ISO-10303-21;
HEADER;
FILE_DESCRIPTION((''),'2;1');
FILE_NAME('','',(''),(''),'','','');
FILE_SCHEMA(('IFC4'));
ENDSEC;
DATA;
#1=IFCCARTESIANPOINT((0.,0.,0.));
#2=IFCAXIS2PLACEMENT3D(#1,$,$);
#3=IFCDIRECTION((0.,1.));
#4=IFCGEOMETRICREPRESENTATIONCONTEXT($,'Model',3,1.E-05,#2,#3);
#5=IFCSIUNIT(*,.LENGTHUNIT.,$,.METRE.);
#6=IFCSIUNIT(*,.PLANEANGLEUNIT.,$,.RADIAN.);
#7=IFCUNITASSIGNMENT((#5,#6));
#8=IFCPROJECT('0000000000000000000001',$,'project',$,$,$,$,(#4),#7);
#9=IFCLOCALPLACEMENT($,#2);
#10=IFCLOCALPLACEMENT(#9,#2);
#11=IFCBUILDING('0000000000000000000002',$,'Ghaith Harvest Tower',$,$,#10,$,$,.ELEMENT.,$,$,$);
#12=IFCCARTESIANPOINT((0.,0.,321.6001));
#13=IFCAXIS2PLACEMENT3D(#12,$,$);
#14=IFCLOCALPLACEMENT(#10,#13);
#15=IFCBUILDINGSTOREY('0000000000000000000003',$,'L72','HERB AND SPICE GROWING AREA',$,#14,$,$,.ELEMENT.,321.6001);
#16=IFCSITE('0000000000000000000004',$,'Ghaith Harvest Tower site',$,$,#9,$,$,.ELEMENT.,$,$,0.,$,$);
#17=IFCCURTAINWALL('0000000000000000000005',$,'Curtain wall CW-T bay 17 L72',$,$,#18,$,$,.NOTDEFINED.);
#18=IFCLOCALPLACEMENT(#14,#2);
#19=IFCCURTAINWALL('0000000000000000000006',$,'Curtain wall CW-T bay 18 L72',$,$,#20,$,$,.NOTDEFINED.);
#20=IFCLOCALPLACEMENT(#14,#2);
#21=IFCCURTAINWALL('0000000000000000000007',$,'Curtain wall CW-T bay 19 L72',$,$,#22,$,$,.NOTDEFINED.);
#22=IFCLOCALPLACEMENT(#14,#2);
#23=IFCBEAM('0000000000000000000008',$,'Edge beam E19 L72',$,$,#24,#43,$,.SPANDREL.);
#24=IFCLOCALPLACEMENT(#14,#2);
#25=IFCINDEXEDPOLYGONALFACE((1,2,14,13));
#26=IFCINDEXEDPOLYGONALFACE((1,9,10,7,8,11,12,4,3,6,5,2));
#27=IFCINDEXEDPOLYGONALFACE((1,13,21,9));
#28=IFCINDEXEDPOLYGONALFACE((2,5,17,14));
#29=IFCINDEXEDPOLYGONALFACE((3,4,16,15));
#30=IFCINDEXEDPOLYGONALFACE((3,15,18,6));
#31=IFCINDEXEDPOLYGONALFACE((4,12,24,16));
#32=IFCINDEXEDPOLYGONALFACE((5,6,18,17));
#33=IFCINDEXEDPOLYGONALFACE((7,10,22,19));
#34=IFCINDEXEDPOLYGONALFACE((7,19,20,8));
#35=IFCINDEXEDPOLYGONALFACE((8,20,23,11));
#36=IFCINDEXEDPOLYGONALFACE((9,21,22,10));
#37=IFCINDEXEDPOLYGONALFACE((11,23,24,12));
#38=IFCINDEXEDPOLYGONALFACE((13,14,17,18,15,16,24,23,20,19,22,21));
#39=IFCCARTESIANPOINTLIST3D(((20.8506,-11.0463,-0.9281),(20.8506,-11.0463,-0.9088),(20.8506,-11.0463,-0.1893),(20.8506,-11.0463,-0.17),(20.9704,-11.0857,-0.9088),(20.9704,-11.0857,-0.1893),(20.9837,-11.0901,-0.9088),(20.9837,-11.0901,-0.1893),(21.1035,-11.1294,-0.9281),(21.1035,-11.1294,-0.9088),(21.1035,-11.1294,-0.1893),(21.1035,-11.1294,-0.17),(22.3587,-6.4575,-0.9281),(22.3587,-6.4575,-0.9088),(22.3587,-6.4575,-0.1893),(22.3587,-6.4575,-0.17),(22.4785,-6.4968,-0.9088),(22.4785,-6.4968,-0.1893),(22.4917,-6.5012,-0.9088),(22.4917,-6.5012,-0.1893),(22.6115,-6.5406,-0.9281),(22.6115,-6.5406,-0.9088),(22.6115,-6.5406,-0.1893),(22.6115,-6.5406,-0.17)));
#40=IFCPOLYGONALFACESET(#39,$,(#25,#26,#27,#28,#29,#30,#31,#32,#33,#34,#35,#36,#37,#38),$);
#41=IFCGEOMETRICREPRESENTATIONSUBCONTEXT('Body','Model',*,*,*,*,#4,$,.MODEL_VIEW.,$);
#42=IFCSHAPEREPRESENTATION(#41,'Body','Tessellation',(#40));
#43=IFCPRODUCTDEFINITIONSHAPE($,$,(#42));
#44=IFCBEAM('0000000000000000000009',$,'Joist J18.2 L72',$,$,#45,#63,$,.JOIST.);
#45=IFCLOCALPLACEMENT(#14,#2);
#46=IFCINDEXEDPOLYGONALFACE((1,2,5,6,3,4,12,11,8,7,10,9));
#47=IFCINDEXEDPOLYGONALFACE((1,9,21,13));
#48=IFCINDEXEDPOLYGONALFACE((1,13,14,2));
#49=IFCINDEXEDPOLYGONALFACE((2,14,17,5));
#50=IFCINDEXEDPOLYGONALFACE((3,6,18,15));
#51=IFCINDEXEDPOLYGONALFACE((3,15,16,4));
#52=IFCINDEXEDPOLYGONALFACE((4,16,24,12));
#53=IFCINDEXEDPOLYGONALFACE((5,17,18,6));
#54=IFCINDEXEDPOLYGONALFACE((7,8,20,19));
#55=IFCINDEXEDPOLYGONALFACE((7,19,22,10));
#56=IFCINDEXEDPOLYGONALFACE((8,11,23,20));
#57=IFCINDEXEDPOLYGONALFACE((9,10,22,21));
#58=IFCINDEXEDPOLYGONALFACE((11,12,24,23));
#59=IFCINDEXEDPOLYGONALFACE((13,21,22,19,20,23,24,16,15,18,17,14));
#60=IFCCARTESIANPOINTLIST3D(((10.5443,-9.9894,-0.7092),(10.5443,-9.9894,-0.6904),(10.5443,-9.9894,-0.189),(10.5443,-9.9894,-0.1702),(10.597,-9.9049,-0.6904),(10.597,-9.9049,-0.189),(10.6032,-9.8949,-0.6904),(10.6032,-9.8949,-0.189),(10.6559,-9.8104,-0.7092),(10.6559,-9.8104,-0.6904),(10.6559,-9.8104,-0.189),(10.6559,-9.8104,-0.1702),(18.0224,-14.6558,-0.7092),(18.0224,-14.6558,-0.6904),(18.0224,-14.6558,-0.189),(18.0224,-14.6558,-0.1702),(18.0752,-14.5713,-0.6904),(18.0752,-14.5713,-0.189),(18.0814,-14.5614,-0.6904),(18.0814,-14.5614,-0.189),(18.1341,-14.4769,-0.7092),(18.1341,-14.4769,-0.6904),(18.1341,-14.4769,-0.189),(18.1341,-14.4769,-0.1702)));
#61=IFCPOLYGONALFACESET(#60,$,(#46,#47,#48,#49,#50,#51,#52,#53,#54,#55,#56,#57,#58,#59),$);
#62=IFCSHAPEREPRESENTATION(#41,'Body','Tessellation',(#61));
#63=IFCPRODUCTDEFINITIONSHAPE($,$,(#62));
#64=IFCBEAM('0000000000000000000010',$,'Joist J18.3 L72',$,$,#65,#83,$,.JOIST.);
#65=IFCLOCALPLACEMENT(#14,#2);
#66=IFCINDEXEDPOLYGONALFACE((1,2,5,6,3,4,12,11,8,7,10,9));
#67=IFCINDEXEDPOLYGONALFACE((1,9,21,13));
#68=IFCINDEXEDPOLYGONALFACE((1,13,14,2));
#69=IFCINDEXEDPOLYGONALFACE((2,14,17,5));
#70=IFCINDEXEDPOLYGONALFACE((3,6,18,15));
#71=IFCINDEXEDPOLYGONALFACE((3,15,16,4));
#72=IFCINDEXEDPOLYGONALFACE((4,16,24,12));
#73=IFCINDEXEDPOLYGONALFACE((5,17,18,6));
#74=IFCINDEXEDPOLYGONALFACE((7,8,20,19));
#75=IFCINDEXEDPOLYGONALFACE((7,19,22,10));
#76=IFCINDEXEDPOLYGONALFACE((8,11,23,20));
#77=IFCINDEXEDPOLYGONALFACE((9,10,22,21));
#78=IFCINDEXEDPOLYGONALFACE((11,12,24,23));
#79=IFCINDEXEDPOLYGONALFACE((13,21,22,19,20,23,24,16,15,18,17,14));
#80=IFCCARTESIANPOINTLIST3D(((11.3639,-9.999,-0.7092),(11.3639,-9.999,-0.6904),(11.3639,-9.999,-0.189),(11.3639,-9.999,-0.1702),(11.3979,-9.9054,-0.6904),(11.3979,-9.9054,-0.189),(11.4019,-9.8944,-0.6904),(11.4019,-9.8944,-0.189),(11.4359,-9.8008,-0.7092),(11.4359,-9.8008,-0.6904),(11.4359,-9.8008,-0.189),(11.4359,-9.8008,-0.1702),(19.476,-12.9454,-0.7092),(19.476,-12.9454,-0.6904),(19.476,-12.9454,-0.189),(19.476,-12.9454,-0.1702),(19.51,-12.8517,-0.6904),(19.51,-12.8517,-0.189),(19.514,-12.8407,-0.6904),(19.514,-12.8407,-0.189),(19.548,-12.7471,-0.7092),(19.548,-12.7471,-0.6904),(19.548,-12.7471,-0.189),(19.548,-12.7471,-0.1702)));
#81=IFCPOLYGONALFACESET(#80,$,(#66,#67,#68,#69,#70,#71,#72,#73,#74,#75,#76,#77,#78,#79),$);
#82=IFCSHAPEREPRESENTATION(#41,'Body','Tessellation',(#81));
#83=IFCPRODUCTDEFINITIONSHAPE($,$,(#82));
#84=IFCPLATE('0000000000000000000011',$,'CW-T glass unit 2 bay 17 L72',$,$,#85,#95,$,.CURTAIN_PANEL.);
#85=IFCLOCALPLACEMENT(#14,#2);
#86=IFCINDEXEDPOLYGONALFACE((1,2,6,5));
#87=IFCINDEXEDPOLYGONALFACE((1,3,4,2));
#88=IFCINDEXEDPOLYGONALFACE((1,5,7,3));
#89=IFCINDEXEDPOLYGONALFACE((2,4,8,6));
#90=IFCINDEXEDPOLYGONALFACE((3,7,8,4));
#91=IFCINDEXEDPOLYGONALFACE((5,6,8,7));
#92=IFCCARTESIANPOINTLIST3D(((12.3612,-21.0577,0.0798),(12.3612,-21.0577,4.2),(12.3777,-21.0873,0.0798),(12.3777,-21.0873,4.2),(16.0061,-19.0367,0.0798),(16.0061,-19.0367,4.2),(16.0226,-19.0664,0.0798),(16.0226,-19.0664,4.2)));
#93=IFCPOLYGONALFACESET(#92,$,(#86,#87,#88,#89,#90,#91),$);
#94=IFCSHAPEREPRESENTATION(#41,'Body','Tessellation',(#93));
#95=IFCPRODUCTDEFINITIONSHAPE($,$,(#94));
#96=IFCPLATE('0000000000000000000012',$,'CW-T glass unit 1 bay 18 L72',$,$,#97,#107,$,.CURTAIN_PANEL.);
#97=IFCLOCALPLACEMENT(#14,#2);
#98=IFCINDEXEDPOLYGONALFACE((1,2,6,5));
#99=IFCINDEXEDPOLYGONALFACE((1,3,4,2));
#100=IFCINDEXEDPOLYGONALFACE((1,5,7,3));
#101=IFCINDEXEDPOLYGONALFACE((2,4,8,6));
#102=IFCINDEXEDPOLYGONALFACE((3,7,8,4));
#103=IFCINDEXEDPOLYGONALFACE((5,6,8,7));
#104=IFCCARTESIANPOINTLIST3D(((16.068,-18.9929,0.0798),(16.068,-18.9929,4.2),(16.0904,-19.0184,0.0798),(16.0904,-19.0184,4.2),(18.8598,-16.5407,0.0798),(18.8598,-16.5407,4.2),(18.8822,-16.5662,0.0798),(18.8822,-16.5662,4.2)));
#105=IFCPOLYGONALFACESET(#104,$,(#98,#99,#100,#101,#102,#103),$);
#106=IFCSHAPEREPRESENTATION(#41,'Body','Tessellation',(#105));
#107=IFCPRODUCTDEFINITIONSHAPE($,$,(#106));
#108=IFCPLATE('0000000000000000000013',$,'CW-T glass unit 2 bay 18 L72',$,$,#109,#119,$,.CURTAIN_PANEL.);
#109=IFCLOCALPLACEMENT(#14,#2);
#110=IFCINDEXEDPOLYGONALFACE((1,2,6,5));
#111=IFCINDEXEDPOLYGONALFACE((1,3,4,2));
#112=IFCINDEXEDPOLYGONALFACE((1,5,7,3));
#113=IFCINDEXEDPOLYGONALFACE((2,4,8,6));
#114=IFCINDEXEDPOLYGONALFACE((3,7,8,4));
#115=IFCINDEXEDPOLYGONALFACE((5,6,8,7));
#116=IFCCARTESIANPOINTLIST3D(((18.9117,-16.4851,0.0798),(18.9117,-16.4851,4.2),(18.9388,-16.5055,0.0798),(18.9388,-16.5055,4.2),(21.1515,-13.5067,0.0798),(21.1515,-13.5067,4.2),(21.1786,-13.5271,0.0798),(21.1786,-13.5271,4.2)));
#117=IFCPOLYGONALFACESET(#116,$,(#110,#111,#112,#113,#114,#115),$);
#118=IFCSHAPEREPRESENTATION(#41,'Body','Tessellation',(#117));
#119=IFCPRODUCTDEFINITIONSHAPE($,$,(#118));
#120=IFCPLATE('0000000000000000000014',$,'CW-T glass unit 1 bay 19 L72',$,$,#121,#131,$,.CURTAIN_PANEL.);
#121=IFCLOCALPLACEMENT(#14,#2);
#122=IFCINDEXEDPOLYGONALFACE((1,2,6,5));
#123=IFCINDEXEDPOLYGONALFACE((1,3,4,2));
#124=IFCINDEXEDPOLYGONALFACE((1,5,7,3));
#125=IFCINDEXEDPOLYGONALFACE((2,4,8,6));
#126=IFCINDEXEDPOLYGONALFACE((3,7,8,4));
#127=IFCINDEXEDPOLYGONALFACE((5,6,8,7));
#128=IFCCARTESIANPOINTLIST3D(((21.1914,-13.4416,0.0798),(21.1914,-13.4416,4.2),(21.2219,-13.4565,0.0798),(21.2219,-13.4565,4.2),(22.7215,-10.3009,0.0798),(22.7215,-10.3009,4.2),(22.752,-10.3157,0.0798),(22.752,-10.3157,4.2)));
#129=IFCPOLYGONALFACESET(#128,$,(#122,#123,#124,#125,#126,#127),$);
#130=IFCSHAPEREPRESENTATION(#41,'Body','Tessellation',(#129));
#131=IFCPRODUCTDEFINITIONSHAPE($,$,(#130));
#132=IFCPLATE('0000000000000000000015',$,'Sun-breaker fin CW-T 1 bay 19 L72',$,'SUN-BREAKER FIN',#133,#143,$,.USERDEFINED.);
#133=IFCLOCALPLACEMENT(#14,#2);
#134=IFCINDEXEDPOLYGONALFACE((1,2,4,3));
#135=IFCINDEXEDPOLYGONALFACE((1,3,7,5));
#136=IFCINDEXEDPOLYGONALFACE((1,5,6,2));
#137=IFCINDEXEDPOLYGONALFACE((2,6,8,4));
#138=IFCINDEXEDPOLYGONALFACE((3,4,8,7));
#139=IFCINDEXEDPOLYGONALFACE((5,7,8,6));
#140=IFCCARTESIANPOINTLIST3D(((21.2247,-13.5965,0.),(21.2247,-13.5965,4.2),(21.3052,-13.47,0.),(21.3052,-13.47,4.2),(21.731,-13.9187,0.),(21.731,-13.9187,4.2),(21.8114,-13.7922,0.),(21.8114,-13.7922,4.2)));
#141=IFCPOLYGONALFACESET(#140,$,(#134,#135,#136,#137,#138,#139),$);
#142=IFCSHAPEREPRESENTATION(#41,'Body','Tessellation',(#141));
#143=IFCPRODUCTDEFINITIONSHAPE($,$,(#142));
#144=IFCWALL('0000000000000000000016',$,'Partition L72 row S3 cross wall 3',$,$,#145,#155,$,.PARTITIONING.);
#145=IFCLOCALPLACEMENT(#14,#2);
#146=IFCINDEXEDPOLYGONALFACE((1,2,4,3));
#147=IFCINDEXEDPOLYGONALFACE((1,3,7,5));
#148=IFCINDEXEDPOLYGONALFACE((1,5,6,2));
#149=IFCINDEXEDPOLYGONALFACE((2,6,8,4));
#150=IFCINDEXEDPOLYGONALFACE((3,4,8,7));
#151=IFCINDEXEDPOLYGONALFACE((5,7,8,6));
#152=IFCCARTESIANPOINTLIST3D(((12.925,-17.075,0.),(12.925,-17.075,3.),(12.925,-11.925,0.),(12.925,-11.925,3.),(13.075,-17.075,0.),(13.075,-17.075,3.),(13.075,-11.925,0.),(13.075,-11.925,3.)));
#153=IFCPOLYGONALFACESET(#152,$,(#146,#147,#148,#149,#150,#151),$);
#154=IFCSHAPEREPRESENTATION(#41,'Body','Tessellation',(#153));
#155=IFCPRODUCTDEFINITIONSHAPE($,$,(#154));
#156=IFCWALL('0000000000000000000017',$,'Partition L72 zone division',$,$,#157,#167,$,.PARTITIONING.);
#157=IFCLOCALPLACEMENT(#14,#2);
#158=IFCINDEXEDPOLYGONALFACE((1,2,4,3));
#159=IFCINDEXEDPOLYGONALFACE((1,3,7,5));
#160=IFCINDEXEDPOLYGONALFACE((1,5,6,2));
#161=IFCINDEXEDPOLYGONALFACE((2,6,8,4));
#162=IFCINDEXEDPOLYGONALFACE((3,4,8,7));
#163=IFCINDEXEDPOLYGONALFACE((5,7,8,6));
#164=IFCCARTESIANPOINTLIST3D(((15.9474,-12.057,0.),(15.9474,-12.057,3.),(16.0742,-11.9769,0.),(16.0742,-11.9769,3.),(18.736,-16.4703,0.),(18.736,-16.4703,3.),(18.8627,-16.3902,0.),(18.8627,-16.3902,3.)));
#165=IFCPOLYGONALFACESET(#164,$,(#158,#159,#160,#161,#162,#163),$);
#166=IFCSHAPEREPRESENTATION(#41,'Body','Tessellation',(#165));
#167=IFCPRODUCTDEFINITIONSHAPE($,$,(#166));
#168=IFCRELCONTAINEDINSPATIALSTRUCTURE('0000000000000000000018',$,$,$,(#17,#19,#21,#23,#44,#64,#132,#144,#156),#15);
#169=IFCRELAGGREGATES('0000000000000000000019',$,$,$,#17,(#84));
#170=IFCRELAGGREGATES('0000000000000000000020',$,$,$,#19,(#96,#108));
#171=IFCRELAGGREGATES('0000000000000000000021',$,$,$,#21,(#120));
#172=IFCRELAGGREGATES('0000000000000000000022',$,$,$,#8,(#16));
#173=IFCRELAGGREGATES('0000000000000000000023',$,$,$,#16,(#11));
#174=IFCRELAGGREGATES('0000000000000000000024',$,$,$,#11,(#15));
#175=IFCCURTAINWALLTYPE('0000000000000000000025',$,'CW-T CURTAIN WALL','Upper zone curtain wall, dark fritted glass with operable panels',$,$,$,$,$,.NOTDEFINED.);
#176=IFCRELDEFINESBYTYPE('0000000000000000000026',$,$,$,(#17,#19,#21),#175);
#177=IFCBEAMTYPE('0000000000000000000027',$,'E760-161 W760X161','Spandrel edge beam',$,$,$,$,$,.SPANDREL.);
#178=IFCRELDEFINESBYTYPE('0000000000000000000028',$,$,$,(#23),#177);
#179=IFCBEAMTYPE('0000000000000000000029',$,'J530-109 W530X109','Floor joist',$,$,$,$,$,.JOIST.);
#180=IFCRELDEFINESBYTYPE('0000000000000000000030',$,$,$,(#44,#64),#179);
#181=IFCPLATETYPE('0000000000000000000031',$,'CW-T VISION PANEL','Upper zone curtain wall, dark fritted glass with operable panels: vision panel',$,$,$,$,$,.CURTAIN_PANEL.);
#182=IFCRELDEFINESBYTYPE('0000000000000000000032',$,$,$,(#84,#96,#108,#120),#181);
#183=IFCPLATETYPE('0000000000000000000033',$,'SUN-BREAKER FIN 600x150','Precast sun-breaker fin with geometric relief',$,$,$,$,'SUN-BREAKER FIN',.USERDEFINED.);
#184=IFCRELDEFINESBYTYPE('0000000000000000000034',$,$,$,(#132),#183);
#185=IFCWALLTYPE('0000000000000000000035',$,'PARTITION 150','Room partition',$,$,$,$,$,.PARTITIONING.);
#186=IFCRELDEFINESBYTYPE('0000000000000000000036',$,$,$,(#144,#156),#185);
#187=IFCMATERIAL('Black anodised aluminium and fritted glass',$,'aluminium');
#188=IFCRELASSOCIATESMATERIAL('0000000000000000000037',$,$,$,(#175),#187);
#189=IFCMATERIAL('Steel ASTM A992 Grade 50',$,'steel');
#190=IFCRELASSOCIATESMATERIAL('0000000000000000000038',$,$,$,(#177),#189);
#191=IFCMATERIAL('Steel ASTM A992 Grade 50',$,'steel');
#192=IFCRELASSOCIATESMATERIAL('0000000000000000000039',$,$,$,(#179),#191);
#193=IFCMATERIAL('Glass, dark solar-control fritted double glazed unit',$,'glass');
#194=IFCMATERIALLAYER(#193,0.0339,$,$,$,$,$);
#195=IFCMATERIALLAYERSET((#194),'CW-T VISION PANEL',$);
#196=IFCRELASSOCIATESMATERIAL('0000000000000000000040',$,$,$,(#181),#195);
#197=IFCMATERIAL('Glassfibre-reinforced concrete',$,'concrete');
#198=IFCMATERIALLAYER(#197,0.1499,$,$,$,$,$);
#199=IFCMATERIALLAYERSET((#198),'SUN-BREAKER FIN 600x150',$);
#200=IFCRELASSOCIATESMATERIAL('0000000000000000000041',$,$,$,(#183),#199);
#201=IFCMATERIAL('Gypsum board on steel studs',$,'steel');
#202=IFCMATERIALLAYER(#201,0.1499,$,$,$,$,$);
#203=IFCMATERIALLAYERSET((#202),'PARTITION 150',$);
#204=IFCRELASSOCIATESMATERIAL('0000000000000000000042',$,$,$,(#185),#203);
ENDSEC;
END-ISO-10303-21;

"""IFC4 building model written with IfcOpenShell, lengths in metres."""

from ifc_helpers import new_model, si_unit, direction, frame, frame_2d, origin, origin_2d, place, context, subcontext, project, spatial, rectangle, i_section, extrude, material, layer, layer_set, material_profile, profile_set, type_object, element, aggregate, save


model = new_model("IFC4")

# Units and contexts
model_context = context("Model", 3, precision=1e-05, world=origin(), true_north=direction((0.0, 1.0)))
body_context = subcontext(model_context, "Body", "Model", "MODEL_VIEW")
ifc_project = project(units=[si_unit("LENGTHUNIT", "METRE"), si_unit("PLANEANGLEUNIT", "RADIAN")], contexts=[model_context])

# Site, building, storey
site_placement = place(None, origin())
site = spatial("IfcSite", under=ifc_project, at=site_placement, Name="Ghaith Harvest Tower site", CompositionType="ELEMENT", RefElevation=0.0)
building_placement = place(site_placement, origin())
building = spatial("IfcBuilding", under=site, at=building_placement, Name="Ghaith Harvest Tower", CompositionType="ELEMENT")
storey_placement = place(building_placement, frame((0.0, 0.0, 321.6001)))
storey = spatial("IfcBuildingStorey", under=building, at=storey_placement, Name="L72", Description="HERB AND SPICE GROWING AREA", CompositionType="ELEMENT", Elevation=321.6001)

# Curtain wall
ifc_material_1 = material(Name="Black anodised aluminium and fritted glass", Category="aluminium")
curtain_wall_type = type_object("IfcCurtainWallType", Name="CW-T CURTAIN WALL", Description="Upper zone curtain wall, dark fritted glass with operable panels", PredefinedType="NOTDEFINED", material=ifc_material_1)
curtain_wall_1_placement = place(storey_placement, origin())
curtain_wall_1 = element("IfcCurtainWall", 1, at=curtain_wall_1_placement, inside=storey, type_object=curtain_wall_type, Name="Curtain wall CW-T bay 17 L72", PredefinedType="NOTDEFINED")

# Curtain walls
curtain_wall_2_placement = place(storey_placement, origin())
curtain_wall_2 = element("IfcCurtainWall", 2, at=curtain_wall_2_placement, inside=storey, type_object=curtain_wall_type, Name="Curtain wall CW-T bay 18 L72", PredefinedType="NOTDEFINED")
curtain_wall_3_placement = place(storey_placement, origin())
curtain_wall_3 = element("IfcCurtainWall", 3, at=curtain_wall_3_placement, inside=storey, type_object=curtain_wall_type, Name="Curtain wall CW-T bay 19 L72", PredefinedType="NOTDEFINED")

# Beams
ifc_material_2 = material(Name="Steel ASTM A992 Grade 50", Category="steel")
ifc_material_profile_1 = material_profile(ifc_material_2, i_section(OverallWidth=0.2661, OverallDepth=0.7581, WebThickness=0.0139, FlangeThickness=0.0193, at=origin_2d()), Name="W760X161")
ifc_profile_set_1 = profile_set([ifc_material_profile_1], Name="Steel ASTM A992 Grade 50")
beam_type_1 = type_object("IfcBeamType", Name="E760-161 W760X161", Description="Spandrel edge beam", PredefinedType="SPANDREL", material=ifc_profile_set_1)
beam_1_placement = place(storey_placement, frame((20.9771, -11.0879, -0.5491), z_axis=(0.312207, 0.950014, 0.0), x_axis=(-0.950014, 0.312207, 0.0)))
element("IfcBeam", 4, at=beam_1_placement, inside=storey, type_object=beam_type_1, Name="Edge beam E19 L72", PredefinedType="SPANDREL", context=body_context, shape_type="SweptSolid", body=[
    extrude(i_section(OverallWidth=0.2661, OverallDepth=0.7581, WebThickness=0.0139, FlangeThickness=0.0193, at=origin_2d()), origin(), (0.0, 0.0, 1.0), 4.8303),
])
ifc_material_3 = material(Name="Steel ASTM A992 Grade 50", Category="steel")
ifc_material_profile_2 = material_profile(ifc_material_3, i_section(OverallWidth=0.2109, OverallDepth=0.5391, WebThickness=0.0117, FlangeThickness=0.0188, at=origin_2d()), Name="W530X109")
ifc_profile_set_2 = profile_set([ifc_material_profile_2], Name="Steel ASTM A992 Grade 50")
beam_type_2 = type_object("IfcBeamType", Name="J530-109 W530X109", Description="Floor joist", PredefinedType="JOIST", material=ifc_profile_set_2)
beam_2_placement = place(storey_placement, frame((10.6001, -9.8999, -0.4397), z_axis=(0.848376, -0.529394, 0.0), x_axis=(0.529394, 0.848376, 0.0)))
element("IfcBeam", 5, at=beam_2_placement, inside=storey, type_object=beam_type_2, Name="Joist J18.2 L72", PredefinedType="JOIST", context=body_context, shape_type="SweptSolid", body=[
    extrude(i_section(OverallWidth=0.2109, OverallDepth=0.5391, WebThickness=0.0117, FlangeThickness=0.0188, at=origin_2d()), origin(), (0.0, 0.0, 1.0), 8.8147),
])
beam_3_placement = place(storey_placement, frame((11.3999, -9.8999, -0.4397), z_axis=(0.939926, -0.34138, 0.0), x_axis=(0.34138, 0.939926, 0.0)))
element("IfcBeam", 6, at=beam_3_placement, inside=storey, type_object=beam_type_2, Name="Joist J18.3 L72", PredefinedType="JOIST", context=body_context, shape_type="SweptSolid", body=[
    extrude(i_section(OverallWidth=0.2109, OverallDepth=0.5391, WebThickness=0.0117, FlangeThickness=0.0188, at=origin_2d()), origin(), (0.0, 0.0, 1.0), 8.6306),
])

# Plates
ifc_material_4 = material(Name="Glass, dark solar-control fritted double glazed unit", Category="glass")
ifc_layer_1 = layer(ifc_material_4, 0.0339)
ifc_layer_set_1 = layer_set([ifc_layer_1], Name="CW-T VISION PANEL")
plate_type_1 = type_object("IfcPlateType", Name="CW-T VISION PANEL", Description="Upper zone curtain wall, dark fritted glass with operable panels: vision panel", PredefinedType="CURTAIN_PANEL", material=ifc_layer_set_1)
plate_1_placement = place(storey_placement, frame((14.1919, -20.062, 0.0798), z_axis=(0.0, 0.0, 1.0), x_axis=(0.874564, 0.48491, 0.0)))
plate_1 = element("IfcPlate", 7, at=plate_1_placement, type_object=plate_type_1, Name="CW-T glass unit 2 bay 17 L72", PredefinedType="CURTAIN_PANEL", context=body_context, shape_type="SweptSolid", body=[
    extrude(rectangle(XDim=4.1677, YDim=0.0339, at=origin_2d()), origin(), (0.0, 0.0, 1.0), 4.1201),
])
aggregate(curtain_wall_1, [plate_1])
plate_2_placement = place(storey_placement, frame((17.4751, -17.7795, 0.0798), z_axis=(0.0, 0.0, 1.0), x_axis=(0.751335, 0.659922, 0.0)))
plate_2 = element("IfcPlate", 8, at=plate_2_placement, type_object=plate_type_1, Name="CW-T glass unit 1 bay 18 L72", PredefinedType="CURTAIN_PANEL", context=body_context, shape_type="SweptSolid", body=[
    extrude(rectangle(XDim=3.7158, YDim=0.0339, at=origin_2d()), origin(), (0.0, 0.0, 1.0), 4.1201),
])
plate_3_placement = place(storey_placement, frame((20.0452, -15.0061, 0.0798), z_axis=(0.0, 0.0, 1.0), x_axis=(0.601048, 0.799213, 0.0)))
plate_3 = element("IfcPlate", 9, at=plate_3_placement, type_object=plate_type_1, Name="CW-T glass unit 2 bay 18 L72", PredefinedType="CURTAIN_PANEL", context=body_context, shape_type="SweptSolid", body=[
    extrude(rectangle(XDim=3.7266, YDim=0.0339, at=origin_2d()), origin(), (0.0, 0.0, 1.0), 4.1201),
])
aggregate(curtain_wall_2, [plate_2, plate_3])
plate_4_placement = place(storey_placement, frame((21.9717, -11.8787, 0.0798), z_axis=(0.0, 0.0, 1.0), x_axis=(0.437968, 0.89899, 0.0)))
plate_4 = element("IfcPlate", 10, at=plate_4_placement, type_object=plate_type_1, Name="CW-T glass unit 1 bay 19 L72", PredefinedType="CURTAIN_PANEL", context=body_context, shape_type="SweptSolid", body=[
    extrude(rectangle(XDim=3.4937, YDim=0.0339, at=origin_2d()), origin(), (0.0, 0.0, 1.0), 4.1201),
])
aggregate(curtain_wall_3, [plate_4])
ifc_material_5 = material(Name="Glassfibre-reinforced concrete", Category="concrete")
ifc_layer_2 = layer(ifc_material_5, 0.1499)
ifc_layer_set_2 = layer_set([ifc_layer_2], Name="SUN-BREAKER FIN 600x150")
plate_type_2 = type_object("IfcPlateType", Name="SUN-BREAKER FIN 600x150", Description="Precast sun-breaker fin with geometric relief", ElementType="SUN-BREAKER FIN", PredefinedType="USERDEFINED", material=ifc_layer_set_2)
plate_5_placement = place(storey_placement, frame((21.5181, -13.6943, 0.0), z_axis=(0.0, 0.0, 1.0), x_axis=(0.843644, -0.536903, 0.0)))
element("IfcPlate", 11, at=plate_5_placement, inside=storey, type_object=plate_type_2, Name="Sun-breaker fin CW-T 1 bay 19 L72", ObjectType="SUN-BREAKER FIN", PredefinedType="USERDEFINED", context=body_context, shape_type="SweptSolid", body=[
    extrude(rectangle(XDim=0.6001, YDim=0.1499, at=origin_2d()), origin(), (0.0, 0.0, 1.0), 4.2),
])

# Walls
ifc_material_6 = material(Name="Gypsum board on steel studs", Category="steel")
ifc_layer_3 = layer(ifc_material_6, 0.1499)
ifc_layer_set_3 = layer_set([ifc_layer_3], Name="PARTITION 150")
wall_type = type_object("IfcWallType", Name="PARTITION 150", Description="Room partition", PredefinedType="PARTITIONING", material=ifc_layer_set_3)
wall_1_placement = place(storey_placement, frame((13.0, -11.925, 0.0), z_axis=(0.0, 0.0, 1.0), x_axis=(0.0, -1.0, 0.0)))
element("IfcWall", 12, at=wall_1_placement, inside=storey, type_object=wall_type, Name="Partition L72 row S3 cross wall 3", PredefinedType="PARTITIONING", context=body_context, shape_type="SweptSolid", body=[
    extrude(rectangle(XDim=5.1499, YDim=0.1499, at=frame_2d((2.575, 0.0))), origin(), (0.0, 0.0, 1.0), 3.0),
])
wall_2_placement = place(storey_placement, frame((16.0107, -12.0168, 0.0), z_axis=(0.0, 0.0, 1.0), x_axis=(0.534158, -0.845384, 0.0)))
element("IfcWall", 13, at=wall_2_placement, inside=storey, type_object=wall_type, Name="Partition L72 zone division", PredefinedType="PARTITIONING", context=body_context, shape_type="SweptSolid", body=[
    extrude(rectangle(XDim=5.2205, YDim=0.1499, at=frame_2d((2.6104, 0.0))), origin(), (0.0, 0.0, 1.0), 3.0),
])

save(model, "model.ifc")
